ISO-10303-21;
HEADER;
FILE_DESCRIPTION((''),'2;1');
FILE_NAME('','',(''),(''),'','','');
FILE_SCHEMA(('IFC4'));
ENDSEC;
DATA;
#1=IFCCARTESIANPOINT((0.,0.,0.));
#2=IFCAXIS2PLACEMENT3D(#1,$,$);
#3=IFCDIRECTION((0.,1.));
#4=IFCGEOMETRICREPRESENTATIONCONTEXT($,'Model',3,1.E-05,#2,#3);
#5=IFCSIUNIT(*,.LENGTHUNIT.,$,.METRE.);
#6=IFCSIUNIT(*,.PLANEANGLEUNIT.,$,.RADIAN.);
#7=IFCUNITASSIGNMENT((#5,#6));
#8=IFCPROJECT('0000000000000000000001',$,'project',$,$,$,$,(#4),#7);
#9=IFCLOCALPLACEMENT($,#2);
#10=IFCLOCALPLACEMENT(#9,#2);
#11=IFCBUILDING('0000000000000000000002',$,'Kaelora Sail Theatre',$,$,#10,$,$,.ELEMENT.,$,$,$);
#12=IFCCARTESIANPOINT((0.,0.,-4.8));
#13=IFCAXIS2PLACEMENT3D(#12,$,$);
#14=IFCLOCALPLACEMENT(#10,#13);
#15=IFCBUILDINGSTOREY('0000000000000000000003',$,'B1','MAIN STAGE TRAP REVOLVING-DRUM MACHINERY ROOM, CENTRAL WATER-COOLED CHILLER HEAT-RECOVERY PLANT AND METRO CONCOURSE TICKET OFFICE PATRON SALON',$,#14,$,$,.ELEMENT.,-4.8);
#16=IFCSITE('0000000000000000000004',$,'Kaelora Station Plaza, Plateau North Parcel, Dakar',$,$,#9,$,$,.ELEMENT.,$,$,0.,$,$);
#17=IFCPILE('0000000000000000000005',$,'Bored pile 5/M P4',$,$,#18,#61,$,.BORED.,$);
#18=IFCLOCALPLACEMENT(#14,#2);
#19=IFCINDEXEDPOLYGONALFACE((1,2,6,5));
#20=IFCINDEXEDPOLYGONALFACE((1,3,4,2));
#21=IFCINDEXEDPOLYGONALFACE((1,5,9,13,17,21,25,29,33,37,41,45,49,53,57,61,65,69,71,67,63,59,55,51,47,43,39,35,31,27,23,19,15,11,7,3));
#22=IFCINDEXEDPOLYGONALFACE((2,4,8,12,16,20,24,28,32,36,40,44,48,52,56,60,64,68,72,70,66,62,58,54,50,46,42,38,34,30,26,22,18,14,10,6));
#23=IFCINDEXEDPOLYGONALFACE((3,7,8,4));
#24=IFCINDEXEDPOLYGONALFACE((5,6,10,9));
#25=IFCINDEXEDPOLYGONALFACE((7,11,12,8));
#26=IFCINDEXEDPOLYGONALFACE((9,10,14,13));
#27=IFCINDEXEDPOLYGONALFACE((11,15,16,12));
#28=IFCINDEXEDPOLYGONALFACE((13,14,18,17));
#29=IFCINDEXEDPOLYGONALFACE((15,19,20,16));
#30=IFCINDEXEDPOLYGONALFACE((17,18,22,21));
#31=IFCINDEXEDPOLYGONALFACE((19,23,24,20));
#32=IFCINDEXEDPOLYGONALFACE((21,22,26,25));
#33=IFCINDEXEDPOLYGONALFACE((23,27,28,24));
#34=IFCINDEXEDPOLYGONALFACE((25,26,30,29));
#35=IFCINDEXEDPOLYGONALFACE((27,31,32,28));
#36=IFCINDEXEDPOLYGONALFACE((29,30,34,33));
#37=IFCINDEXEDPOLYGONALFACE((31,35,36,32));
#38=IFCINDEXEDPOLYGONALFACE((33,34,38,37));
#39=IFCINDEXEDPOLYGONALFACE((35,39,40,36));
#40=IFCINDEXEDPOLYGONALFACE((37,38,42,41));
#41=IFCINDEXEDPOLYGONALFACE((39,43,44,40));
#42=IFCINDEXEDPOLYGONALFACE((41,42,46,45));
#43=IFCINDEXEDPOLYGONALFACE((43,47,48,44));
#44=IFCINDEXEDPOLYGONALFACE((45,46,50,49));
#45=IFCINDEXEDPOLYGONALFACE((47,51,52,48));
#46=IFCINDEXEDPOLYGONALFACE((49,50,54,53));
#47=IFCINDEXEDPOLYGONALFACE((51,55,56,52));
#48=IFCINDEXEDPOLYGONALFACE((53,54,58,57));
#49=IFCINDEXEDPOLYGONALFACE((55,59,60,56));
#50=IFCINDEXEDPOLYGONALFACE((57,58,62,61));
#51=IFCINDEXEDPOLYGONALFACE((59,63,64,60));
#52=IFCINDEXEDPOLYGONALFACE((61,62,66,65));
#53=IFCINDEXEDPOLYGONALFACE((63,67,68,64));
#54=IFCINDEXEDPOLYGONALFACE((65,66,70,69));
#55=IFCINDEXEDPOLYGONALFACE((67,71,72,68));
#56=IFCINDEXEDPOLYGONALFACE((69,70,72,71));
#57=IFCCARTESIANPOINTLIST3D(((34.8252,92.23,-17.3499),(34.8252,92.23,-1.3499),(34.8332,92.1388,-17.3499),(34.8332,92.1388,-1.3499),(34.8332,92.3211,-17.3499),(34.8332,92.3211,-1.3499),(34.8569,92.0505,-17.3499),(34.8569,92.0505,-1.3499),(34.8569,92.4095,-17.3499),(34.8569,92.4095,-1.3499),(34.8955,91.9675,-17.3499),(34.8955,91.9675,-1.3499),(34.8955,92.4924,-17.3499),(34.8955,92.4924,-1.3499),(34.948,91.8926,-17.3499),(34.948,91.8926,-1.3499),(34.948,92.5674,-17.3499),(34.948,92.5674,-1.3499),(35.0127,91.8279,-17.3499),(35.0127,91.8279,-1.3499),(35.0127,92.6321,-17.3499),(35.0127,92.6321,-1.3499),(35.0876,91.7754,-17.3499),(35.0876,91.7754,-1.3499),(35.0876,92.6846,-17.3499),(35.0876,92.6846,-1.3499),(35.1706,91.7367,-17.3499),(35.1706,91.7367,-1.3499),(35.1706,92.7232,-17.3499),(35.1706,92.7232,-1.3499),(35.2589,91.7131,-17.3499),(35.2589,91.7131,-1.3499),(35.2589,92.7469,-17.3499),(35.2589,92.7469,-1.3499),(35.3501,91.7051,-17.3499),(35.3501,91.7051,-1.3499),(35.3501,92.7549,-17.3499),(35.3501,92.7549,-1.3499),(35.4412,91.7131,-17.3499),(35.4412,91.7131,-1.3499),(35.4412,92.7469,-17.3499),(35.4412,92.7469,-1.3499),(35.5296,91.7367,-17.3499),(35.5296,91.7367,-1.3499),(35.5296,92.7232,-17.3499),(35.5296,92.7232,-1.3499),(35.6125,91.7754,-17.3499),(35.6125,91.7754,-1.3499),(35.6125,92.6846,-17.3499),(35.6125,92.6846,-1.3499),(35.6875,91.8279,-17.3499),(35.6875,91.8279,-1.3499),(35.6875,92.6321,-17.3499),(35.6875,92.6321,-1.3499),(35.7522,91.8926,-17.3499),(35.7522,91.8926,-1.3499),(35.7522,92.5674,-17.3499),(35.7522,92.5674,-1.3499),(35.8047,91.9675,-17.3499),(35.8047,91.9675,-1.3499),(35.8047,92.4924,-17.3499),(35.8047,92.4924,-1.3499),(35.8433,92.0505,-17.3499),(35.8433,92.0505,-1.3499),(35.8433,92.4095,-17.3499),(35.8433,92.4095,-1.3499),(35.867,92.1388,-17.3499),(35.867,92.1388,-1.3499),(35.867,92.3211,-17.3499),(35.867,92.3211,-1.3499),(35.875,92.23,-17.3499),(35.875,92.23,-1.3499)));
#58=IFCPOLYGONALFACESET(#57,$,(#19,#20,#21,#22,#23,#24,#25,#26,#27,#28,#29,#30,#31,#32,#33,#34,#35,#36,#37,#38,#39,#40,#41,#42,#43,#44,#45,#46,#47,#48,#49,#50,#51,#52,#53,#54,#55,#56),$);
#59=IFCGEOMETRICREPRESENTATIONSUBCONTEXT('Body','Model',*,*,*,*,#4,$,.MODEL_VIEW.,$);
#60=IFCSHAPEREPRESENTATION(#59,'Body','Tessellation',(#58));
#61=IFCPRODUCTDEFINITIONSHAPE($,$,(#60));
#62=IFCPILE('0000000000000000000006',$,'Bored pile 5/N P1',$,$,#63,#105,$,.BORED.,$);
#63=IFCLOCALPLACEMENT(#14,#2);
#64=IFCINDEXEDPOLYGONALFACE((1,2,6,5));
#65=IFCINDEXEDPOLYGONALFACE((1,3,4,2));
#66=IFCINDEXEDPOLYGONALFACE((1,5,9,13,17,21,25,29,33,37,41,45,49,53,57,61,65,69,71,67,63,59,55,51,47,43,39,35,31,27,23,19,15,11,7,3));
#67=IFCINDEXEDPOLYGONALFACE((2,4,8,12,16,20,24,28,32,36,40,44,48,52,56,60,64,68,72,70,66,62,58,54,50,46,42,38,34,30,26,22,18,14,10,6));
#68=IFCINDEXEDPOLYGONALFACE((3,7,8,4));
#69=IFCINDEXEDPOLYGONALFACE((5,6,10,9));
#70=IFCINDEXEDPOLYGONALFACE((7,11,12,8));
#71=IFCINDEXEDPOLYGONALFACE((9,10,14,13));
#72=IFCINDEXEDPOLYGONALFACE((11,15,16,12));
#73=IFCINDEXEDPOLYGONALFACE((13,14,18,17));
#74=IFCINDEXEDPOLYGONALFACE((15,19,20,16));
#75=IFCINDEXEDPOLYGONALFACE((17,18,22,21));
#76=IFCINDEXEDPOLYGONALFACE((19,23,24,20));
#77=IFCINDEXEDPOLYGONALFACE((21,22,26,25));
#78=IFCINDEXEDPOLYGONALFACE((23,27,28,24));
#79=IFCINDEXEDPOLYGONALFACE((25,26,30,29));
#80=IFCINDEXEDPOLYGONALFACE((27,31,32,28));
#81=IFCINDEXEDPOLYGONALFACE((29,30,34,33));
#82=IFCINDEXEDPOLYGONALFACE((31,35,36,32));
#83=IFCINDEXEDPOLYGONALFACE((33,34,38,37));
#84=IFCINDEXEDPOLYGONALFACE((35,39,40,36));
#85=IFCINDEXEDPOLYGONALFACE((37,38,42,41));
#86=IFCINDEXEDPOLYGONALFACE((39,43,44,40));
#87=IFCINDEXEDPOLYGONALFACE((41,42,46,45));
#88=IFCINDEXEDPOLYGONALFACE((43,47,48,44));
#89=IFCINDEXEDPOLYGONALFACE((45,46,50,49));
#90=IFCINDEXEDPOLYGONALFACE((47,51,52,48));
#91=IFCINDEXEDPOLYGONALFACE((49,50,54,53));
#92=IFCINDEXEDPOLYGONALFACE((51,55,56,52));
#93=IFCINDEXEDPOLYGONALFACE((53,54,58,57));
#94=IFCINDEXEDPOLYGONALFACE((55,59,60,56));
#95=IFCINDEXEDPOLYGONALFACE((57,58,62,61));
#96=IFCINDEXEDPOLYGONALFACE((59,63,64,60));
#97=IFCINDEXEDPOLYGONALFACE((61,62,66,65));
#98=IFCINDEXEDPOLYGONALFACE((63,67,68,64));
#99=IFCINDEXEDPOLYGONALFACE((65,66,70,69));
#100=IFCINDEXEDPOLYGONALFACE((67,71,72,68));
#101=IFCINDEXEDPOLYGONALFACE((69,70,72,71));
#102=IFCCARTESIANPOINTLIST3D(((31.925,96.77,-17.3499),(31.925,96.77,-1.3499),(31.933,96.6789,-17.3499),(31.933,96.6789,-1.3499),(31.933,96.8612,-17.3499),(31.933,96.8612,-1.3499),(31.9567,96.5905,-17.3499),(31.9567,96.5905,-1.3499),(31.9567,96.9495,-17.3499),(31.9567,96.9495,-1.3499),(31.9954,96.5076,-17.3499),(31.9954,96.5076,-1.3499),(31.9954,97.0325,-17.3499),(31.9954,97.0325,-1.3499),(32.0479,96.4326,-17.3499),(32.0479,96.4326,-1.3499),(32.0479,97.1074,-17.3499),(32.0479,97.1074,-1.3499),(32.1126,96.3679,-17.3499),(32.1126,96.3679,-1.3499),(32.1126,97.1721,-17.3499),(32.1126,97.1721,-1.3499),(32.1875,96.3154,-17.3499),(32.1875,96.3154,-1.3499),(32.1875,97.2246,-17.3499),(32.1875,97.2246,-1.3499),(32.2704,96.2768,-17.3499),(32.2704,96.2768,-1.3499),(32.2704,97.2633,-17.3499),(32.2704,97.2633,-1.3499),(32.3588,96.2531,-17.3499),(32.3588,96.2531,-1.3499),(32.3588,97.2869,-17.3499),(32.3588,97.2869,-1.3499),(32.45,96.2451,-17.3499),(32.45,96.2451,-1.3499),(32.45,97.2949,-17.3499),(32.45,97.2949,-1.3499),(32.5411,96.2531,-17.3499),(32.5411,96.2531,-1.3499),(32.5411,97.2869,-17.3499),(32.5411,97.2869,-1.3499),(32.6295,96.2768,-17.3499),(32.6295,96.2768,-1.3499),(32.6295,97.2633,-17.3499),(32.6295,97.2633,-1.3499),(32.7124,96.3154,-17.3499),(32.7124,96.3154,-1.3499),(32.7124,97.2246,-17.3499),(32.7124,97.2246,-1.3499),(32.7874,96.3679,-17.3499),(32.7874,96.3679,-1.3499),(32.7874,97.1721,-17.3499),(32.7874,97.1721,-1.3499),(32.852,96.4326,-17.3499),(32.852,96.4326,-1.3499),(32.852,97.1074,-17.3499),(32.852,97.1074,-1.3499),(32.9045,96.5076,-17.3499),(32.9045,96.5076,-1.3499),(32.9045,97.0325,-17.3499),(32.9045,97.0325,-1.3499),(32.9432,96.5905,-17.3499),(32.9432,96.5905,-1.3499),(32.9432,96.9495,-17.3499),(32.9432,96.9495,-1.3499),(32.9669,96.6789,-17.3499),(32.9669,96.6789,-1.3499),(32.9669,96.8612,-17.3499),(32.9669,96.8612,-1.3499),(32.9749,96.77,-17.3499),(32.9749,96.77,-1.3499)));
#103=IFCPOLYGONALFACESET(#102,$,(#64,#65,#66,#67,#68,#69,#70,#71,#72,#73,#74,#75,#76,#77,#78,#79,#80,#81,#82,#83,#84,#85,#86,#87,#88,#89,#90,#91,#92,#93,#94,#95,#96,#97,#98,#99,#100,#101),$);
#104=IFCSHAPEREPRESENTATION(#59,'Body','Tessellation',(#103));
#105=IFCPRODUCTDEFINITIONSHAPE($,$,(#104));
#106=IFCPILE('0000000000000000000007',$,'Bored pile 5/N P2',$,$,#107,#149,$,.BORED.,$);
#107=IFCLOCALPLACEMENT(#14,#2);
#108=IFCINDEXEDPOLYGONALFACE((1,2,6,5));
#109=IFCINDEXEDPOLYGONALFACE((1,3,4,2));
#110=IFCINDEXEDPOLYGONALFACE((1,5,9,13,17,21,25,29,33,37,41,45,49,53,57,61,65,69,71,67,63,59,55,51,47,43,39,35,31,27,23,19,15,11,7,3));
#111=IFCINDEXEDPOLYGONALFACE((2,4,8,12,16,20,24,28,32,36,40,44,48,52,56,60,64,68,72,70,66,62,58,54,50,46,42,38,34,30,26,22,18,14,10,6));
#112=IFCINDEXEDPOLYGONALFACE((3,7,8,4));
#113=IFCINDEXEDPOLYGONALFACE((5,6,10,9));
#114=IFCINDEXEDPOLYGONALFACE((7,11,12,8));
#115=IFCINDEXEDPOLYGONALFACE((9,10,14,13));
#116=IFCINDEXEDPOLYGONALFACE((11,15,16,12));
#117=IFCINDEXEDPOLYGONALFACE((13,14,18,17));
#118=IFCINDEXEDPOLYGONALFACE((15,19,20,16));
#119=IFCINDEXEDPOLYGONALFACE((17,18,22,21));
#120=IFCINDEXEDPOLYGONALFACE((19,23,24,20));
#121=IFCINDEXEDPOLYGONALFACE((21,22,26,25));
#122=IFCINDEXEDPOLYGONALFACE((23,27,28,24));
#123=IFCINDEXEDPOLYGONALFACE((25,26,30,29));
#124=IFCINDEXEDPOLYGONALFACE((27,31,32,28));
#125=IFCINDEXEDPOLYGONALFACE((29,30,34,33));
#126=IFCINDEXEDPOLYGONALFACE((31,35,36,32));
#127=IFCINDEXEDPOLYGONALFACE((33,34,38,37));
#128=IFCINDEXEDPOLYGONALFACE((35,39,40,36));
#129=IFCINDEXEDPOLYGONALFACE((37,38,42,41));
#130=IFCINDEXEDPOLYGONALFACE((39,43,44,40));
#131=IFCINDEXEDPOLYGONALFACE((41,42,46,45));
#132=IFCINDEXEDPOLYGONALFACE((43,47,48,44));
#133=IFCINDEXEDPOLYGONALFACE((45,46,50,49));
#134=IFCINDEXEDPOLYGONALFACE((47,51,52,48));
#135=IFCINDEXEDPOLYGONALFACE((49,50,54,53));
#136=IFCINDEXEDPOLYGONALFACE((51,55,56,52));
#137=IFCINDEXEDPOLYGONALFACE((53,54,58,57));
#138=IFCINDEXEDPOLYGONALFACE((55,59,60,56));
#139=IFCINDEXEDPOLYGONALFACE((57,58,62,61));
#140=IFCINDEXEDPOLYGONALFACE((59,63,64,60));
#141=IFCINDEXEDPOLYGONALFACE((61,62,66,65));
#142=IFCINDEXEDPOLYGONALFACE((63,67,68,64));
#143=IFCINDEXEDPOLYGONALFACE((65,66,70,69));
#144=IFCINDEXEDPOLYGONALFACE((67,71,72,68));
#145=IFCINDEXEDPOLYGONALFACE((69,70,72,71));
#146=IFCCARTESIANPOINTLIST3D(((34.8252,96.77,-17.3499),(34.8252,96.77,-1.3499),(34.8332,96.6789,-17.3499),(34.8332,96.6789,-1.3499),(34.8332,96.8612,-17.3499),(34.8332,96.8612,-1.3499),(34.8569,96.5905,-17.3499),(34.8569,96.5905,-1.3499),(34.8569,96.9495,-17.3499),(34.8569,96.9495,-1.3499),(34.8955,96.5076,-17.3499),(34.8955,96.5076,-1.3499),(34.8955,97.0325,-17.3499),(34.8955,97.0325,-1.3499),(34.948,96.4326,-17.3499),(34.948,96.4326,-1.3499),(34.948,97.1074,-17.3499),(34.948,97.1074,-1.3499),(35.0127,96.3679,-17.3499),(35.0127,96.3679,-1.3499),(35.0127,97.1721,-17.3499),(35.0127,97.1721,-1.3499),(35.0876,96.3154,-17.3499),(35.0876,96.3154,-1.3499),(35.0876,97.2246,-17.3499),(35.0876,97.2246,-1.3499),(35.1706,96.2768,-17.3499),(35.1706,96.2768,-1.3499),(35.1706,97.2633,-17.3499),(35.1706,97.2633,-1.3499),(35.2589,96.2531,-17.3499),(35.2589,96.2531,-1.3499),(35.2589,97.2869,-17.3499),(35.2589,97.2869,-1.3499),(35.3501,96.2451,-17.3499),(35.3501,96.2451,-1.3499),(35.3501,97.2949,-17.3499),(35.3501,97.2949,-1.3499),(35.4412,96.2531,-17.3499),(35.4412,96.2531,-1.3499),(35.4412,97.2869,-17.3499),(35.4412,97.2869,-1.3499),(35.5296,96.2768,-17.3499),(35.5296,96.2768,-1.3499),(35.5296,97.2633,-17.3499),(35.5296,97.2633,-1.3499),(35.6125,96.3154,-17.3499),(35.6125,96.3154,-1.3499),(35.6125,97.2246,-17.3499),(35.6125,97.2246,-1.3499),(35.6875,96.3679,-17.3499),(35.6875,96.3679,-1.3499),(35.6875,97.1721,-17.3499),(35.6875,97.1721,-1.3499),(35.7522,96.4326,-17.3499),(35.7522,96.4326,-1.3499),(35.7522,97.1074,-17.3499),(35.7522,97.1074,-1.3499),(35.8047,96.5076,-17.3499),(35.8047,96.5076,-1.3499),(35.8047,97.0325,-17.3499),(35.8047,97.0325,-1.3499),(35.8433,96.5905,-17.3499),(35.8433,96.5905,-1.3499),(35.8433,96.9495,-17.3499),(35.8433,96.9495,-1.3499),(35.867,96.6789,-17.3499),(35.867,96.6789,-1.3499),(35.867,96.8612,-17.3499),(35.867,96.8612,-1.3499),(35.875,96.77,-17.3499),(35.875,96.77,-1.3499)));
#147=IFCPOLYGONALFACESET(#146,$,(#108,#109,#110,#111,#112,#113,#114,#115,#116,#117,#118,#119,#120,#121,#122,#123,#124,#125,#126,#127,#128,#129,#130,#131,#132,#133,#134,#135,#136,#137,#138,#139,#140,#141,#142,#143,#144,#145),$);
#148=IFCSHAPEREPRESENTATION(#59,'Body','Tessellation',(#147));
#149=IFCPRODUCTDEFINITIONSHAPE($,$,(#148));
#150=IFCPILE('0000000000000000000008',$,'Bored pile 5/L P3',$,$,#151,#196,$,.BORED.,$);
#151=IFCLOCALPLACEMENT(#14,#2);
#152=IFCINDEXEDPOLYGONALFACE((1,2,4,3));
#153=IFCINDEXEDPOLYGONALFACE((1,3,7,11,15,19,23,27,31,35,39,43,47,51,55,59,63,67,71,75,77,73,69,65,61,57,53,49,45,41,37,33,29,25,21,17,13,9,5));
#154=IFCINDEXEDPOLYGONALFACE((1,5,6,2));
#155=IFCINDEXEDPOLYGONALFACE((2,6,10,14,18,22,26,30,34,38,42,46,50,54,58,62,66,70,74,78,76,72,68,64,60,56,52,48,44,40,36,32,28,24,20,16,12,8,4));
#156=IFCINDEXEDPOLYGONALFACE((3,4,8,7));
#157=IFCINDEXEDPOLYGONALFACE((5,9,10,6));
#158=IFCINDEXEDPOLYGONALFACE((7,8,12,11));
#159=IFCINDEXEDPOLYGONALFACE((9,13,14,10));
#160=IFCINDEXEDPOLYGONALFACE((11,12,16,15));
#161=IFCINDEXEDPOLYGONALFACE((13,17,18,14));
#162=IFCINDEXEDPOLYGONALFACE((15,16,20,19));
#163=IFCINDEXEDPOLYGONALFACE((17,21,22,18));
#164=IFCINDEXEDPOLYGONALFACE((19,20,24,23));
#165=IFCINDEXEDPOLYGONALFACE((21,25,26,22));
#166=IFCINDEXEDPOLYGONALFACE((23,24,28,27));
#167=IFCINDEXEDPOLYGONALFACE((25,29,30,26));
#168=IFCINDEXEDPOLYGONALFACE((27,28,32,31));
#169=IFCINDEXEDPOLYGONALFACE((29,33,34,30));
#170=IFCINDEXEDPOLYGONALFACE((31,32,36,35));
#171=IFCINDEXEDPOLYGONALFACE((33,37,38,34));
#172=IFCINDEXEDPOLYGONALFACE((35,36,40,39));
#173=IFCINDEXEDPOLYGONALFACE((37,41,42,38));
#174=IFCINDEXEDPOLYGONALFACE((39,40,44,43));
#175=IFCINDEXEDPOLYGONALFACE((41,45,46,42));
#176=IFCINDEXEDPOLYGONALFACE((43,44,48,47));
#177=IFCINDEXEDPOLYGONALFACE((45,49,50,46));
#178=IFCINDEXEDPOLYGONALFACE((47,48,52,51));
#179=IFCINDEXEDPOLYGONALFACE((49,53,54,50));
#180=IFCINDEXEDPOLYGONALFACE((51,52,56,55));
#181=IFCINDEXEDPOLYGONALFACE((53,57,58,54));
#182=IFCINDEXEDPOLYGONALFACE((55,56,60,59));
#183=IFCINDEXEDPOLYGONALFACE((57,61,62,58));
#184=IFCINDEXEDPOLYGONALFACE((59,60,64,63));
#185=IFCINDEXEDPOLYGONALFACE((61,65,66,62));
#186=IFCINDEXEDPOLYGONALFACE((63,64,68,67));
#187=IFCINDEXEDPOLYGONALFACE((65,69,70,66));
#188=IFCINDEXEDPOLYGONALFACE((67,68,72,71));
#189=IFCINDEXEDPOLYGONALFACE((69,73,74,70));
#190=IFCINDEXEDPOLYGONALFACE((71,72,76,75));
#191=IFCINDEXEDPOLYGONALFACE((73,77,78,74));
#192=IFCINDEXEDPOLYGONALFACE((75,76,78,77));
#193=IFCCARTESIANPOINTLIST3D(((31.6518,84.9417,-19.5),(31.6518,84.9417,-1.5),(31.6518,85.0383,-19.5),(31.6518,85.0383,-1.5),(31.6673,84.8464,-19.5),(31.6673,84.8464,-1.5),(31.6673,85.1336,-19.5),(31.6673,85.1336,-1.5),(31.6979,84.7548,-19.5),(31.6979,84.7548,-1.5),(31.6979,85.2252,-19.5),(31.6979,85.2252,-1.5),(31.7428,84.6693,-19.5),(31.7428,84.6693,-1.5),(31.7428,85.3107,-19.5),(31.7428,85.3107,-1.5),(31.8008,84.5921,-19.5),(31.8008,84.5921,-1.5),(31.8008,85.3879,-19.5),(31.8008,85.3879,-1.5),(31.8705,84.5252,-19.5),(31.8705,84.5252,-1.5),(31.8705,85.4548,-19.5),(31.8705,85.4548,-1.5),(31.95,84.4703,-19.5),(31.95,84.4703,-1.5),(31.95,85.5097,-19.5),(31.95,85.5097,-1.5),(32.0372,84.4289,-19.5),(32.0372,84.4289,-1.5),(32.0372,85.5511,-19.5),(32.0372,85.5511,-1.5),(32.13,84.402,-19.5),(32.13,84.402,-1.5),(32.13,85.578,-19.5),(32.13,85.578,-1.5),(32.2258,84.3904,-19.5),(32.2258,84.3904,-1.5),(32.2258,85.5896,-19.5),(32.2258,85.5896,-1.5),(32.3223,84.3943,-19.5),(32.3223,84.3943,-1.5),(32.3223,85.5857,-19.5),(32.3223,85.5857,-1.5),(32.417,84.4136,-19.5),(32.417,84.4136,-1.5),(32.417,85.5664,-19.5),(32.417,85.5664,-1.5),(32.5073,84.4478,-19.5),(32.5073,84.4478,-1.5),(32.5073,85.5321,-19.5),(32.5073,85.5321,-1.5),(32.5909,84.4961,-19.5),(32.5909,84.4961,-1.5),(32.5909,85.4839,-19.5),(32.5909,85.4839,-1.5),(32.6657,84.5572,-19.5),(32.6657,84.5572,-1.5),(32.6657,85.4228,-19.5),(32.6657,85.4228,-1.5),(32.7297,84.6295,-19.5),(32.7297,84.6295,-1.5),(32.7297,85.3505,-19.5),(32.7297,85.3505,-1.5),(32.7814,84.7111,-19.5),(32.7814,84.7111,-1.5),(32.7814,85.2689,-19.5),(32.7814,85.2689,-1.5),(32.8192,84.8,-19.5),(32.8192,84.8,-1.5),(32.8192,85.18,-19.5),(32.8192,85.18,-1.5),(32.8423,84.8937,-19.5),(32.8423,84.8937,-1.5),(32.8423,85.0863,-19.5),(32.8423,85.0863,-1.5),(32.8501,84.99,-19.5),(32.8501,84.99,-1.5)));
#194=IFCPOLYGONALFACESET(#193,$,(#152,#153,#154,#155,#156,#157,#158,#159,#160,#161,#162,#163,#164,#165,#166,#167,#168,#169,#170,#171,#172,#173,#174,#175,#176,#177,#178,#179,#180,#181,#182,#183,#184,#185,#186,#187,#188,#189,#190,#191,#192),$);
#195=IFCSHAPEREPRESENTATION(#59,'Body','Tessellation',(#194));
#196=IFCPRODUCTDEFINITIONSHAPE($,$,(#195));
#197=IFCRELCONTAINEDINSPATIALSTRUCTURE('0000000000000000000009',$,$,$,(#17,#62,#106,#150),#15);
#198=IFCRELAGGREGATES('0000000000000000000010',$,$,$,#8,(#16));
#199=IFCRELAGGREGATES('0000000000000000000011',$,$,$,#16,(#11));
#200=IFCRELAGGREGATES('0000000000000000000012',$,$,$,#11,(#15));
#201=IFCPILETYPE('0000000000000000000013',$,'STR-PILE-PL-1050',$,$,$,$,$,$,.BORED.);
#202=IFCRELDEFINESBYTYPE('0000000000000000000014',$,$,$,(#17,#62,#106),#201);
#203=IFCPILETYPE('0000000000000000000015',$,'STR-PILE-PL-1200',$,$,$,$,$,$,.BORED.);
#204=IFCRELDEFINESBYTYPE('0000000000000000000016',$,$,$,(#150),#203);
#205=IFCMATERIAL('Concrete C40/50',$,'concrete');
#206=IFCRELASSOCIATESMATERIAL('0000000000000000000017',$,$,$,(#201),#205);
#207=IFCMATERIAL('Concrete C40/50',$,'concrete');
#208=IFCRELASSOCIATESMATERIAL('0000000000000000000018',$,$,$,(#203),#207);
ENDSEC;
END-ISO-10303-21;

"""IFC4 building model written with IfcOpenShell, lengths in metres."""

from ifc_helpers import new_model, si_unit, direction, frame, origin, origin_2d, place, context, subcontext, project, spatial, circle, extrude, material, material_profile, profile_set, type_object, element, save


model = new_model("IFC4")

# Units and contexts
model_context = context("Model", 3, precision=1e-05, world=origin(), true_north=direction((0.0, 1.0)))
body_context = subcontext(model_context, "Body", "Model", "MODEL_VIEW")
ifc_project = project(units=[si_unit("LENGTHUNIT", "METRE"), si_unit("PLANEANGLEUNIT", "RADIAN")], contexts=[model_context])

# Site, building, storey
site_placement = place(None, origin())
site = spatial("IfcSite", under=ifc_project, at=site_placement, Name="Kaelora Station Plaza, Plateau North Parcel, Dakar", CompositionType="ELEMENT", RefElevation=0.0)
building_placement = place(site_placement, origin())
building = spatial("IfcBuilding", under=site, at=building_placement, Name="Kaelora Sail Theatre", CompositionType="ELEMENT")
storey_placement = place(building_placement, frame((0.0, 0.0, -4.8)))
storey = spatial("IfcBuildingStorey", under=building, at=storey_placement, Name="B1", Description="MAIN STAGE TRAP REVOLVING-DRUM MACHINERY ROOM, CENTRAL WATER-COOLED CHILLER HEAT-RECOVERY PLANT AND METRO CONCOURSE TICKET OFFICE PATRON SALON", CompositionType="ELEMENT", Elevation=-4.8)

# Piles
ifc_material_1 = material(Name="Concrete C40/50", Category="concrete")
ifc_material_profile_1 = material_profile(ifc_material_1, circle(Radius=0.5249, at=origin_2d()), Name="PILE D1050")
ifc_profile_set_1 = profile_set([ifc_material_profile_1], Name="Concrete C40/50")
pile_type_1 = type_object("IfcPileType", Name="STR-PILE-PL-1050", PredefinedType="BORED", material=ifc_profile_set_1)
for number, where, z_axis, x_axis, name in (
    (1, (35.3501, 92.23, -1.3499), (0.0, 0.0, -1.0), (1.0, 0.0, 0.0), "Bored pile 5/M P4"),
    (2, (32.45, 96.77, -1.3499), (0.0, 0.0, -1.0), (1.0, 0.0, 0.0), "Bored pile 5/N P1"),
    (3, (35.3501, 96.77, -1.3499), (0.0, 0.0, -1.0), (1.0, 0.0, 0.0), "Bored pile 5/N P2"),
):
    element("IfcPile", number, at=place(storey_placement, frame(where, z_axis=z_axis, x_axis=x_axis)), inside=storey, type_object=pile_type_1, Name=name, PredefinedType="BORED", context=body_context, shape_type="SweptSolid", body=[
        extrude(circle(Radius=0.5249, at=origin_2d()), origin(), (0.0, 0.0, 1.0), 16.0),
    ])
ifc_material_2 = material(Name="Concrete C40/50", Category="concrete")
ifc_material_profile_2 = material_profile(ifc_material_2, circle(Radius=0.6001, at=origin_2d()), Name="PILE D1200")
ifc_profile_set_2 = profile_set([ifc_material_profile_2], Name="Concrete C40/50")
pile_type_2 = type_object("IfcPileType", Name="STR-PILE-PL-1200", PredefinedType="BORED", material=ifc_profile_set_2)
for number, where, z_axis, x_axis, name in (
    (4, (32.25, 84.99, -1.5), (0.0, 0.0, -1.0), (1.0, 0.0, 0.0), "Bored pile 5/L P3"),
):
    element("IfcPile", number, at=place(storey_placement, frame(where, z_axis=z_axis, x_axis=x_axis)), inside=storey, type_object=pile_type_2, Name=name, PredefinedType="BORED", context=body_context, shape_type="SweptSolid", body=[
        extrude(circle(Radius=0.6001, at=origin_2d()), origin(), (0.0, 0.0, 1.0), 18.0),
    ])

save(model, "model.ifc")
